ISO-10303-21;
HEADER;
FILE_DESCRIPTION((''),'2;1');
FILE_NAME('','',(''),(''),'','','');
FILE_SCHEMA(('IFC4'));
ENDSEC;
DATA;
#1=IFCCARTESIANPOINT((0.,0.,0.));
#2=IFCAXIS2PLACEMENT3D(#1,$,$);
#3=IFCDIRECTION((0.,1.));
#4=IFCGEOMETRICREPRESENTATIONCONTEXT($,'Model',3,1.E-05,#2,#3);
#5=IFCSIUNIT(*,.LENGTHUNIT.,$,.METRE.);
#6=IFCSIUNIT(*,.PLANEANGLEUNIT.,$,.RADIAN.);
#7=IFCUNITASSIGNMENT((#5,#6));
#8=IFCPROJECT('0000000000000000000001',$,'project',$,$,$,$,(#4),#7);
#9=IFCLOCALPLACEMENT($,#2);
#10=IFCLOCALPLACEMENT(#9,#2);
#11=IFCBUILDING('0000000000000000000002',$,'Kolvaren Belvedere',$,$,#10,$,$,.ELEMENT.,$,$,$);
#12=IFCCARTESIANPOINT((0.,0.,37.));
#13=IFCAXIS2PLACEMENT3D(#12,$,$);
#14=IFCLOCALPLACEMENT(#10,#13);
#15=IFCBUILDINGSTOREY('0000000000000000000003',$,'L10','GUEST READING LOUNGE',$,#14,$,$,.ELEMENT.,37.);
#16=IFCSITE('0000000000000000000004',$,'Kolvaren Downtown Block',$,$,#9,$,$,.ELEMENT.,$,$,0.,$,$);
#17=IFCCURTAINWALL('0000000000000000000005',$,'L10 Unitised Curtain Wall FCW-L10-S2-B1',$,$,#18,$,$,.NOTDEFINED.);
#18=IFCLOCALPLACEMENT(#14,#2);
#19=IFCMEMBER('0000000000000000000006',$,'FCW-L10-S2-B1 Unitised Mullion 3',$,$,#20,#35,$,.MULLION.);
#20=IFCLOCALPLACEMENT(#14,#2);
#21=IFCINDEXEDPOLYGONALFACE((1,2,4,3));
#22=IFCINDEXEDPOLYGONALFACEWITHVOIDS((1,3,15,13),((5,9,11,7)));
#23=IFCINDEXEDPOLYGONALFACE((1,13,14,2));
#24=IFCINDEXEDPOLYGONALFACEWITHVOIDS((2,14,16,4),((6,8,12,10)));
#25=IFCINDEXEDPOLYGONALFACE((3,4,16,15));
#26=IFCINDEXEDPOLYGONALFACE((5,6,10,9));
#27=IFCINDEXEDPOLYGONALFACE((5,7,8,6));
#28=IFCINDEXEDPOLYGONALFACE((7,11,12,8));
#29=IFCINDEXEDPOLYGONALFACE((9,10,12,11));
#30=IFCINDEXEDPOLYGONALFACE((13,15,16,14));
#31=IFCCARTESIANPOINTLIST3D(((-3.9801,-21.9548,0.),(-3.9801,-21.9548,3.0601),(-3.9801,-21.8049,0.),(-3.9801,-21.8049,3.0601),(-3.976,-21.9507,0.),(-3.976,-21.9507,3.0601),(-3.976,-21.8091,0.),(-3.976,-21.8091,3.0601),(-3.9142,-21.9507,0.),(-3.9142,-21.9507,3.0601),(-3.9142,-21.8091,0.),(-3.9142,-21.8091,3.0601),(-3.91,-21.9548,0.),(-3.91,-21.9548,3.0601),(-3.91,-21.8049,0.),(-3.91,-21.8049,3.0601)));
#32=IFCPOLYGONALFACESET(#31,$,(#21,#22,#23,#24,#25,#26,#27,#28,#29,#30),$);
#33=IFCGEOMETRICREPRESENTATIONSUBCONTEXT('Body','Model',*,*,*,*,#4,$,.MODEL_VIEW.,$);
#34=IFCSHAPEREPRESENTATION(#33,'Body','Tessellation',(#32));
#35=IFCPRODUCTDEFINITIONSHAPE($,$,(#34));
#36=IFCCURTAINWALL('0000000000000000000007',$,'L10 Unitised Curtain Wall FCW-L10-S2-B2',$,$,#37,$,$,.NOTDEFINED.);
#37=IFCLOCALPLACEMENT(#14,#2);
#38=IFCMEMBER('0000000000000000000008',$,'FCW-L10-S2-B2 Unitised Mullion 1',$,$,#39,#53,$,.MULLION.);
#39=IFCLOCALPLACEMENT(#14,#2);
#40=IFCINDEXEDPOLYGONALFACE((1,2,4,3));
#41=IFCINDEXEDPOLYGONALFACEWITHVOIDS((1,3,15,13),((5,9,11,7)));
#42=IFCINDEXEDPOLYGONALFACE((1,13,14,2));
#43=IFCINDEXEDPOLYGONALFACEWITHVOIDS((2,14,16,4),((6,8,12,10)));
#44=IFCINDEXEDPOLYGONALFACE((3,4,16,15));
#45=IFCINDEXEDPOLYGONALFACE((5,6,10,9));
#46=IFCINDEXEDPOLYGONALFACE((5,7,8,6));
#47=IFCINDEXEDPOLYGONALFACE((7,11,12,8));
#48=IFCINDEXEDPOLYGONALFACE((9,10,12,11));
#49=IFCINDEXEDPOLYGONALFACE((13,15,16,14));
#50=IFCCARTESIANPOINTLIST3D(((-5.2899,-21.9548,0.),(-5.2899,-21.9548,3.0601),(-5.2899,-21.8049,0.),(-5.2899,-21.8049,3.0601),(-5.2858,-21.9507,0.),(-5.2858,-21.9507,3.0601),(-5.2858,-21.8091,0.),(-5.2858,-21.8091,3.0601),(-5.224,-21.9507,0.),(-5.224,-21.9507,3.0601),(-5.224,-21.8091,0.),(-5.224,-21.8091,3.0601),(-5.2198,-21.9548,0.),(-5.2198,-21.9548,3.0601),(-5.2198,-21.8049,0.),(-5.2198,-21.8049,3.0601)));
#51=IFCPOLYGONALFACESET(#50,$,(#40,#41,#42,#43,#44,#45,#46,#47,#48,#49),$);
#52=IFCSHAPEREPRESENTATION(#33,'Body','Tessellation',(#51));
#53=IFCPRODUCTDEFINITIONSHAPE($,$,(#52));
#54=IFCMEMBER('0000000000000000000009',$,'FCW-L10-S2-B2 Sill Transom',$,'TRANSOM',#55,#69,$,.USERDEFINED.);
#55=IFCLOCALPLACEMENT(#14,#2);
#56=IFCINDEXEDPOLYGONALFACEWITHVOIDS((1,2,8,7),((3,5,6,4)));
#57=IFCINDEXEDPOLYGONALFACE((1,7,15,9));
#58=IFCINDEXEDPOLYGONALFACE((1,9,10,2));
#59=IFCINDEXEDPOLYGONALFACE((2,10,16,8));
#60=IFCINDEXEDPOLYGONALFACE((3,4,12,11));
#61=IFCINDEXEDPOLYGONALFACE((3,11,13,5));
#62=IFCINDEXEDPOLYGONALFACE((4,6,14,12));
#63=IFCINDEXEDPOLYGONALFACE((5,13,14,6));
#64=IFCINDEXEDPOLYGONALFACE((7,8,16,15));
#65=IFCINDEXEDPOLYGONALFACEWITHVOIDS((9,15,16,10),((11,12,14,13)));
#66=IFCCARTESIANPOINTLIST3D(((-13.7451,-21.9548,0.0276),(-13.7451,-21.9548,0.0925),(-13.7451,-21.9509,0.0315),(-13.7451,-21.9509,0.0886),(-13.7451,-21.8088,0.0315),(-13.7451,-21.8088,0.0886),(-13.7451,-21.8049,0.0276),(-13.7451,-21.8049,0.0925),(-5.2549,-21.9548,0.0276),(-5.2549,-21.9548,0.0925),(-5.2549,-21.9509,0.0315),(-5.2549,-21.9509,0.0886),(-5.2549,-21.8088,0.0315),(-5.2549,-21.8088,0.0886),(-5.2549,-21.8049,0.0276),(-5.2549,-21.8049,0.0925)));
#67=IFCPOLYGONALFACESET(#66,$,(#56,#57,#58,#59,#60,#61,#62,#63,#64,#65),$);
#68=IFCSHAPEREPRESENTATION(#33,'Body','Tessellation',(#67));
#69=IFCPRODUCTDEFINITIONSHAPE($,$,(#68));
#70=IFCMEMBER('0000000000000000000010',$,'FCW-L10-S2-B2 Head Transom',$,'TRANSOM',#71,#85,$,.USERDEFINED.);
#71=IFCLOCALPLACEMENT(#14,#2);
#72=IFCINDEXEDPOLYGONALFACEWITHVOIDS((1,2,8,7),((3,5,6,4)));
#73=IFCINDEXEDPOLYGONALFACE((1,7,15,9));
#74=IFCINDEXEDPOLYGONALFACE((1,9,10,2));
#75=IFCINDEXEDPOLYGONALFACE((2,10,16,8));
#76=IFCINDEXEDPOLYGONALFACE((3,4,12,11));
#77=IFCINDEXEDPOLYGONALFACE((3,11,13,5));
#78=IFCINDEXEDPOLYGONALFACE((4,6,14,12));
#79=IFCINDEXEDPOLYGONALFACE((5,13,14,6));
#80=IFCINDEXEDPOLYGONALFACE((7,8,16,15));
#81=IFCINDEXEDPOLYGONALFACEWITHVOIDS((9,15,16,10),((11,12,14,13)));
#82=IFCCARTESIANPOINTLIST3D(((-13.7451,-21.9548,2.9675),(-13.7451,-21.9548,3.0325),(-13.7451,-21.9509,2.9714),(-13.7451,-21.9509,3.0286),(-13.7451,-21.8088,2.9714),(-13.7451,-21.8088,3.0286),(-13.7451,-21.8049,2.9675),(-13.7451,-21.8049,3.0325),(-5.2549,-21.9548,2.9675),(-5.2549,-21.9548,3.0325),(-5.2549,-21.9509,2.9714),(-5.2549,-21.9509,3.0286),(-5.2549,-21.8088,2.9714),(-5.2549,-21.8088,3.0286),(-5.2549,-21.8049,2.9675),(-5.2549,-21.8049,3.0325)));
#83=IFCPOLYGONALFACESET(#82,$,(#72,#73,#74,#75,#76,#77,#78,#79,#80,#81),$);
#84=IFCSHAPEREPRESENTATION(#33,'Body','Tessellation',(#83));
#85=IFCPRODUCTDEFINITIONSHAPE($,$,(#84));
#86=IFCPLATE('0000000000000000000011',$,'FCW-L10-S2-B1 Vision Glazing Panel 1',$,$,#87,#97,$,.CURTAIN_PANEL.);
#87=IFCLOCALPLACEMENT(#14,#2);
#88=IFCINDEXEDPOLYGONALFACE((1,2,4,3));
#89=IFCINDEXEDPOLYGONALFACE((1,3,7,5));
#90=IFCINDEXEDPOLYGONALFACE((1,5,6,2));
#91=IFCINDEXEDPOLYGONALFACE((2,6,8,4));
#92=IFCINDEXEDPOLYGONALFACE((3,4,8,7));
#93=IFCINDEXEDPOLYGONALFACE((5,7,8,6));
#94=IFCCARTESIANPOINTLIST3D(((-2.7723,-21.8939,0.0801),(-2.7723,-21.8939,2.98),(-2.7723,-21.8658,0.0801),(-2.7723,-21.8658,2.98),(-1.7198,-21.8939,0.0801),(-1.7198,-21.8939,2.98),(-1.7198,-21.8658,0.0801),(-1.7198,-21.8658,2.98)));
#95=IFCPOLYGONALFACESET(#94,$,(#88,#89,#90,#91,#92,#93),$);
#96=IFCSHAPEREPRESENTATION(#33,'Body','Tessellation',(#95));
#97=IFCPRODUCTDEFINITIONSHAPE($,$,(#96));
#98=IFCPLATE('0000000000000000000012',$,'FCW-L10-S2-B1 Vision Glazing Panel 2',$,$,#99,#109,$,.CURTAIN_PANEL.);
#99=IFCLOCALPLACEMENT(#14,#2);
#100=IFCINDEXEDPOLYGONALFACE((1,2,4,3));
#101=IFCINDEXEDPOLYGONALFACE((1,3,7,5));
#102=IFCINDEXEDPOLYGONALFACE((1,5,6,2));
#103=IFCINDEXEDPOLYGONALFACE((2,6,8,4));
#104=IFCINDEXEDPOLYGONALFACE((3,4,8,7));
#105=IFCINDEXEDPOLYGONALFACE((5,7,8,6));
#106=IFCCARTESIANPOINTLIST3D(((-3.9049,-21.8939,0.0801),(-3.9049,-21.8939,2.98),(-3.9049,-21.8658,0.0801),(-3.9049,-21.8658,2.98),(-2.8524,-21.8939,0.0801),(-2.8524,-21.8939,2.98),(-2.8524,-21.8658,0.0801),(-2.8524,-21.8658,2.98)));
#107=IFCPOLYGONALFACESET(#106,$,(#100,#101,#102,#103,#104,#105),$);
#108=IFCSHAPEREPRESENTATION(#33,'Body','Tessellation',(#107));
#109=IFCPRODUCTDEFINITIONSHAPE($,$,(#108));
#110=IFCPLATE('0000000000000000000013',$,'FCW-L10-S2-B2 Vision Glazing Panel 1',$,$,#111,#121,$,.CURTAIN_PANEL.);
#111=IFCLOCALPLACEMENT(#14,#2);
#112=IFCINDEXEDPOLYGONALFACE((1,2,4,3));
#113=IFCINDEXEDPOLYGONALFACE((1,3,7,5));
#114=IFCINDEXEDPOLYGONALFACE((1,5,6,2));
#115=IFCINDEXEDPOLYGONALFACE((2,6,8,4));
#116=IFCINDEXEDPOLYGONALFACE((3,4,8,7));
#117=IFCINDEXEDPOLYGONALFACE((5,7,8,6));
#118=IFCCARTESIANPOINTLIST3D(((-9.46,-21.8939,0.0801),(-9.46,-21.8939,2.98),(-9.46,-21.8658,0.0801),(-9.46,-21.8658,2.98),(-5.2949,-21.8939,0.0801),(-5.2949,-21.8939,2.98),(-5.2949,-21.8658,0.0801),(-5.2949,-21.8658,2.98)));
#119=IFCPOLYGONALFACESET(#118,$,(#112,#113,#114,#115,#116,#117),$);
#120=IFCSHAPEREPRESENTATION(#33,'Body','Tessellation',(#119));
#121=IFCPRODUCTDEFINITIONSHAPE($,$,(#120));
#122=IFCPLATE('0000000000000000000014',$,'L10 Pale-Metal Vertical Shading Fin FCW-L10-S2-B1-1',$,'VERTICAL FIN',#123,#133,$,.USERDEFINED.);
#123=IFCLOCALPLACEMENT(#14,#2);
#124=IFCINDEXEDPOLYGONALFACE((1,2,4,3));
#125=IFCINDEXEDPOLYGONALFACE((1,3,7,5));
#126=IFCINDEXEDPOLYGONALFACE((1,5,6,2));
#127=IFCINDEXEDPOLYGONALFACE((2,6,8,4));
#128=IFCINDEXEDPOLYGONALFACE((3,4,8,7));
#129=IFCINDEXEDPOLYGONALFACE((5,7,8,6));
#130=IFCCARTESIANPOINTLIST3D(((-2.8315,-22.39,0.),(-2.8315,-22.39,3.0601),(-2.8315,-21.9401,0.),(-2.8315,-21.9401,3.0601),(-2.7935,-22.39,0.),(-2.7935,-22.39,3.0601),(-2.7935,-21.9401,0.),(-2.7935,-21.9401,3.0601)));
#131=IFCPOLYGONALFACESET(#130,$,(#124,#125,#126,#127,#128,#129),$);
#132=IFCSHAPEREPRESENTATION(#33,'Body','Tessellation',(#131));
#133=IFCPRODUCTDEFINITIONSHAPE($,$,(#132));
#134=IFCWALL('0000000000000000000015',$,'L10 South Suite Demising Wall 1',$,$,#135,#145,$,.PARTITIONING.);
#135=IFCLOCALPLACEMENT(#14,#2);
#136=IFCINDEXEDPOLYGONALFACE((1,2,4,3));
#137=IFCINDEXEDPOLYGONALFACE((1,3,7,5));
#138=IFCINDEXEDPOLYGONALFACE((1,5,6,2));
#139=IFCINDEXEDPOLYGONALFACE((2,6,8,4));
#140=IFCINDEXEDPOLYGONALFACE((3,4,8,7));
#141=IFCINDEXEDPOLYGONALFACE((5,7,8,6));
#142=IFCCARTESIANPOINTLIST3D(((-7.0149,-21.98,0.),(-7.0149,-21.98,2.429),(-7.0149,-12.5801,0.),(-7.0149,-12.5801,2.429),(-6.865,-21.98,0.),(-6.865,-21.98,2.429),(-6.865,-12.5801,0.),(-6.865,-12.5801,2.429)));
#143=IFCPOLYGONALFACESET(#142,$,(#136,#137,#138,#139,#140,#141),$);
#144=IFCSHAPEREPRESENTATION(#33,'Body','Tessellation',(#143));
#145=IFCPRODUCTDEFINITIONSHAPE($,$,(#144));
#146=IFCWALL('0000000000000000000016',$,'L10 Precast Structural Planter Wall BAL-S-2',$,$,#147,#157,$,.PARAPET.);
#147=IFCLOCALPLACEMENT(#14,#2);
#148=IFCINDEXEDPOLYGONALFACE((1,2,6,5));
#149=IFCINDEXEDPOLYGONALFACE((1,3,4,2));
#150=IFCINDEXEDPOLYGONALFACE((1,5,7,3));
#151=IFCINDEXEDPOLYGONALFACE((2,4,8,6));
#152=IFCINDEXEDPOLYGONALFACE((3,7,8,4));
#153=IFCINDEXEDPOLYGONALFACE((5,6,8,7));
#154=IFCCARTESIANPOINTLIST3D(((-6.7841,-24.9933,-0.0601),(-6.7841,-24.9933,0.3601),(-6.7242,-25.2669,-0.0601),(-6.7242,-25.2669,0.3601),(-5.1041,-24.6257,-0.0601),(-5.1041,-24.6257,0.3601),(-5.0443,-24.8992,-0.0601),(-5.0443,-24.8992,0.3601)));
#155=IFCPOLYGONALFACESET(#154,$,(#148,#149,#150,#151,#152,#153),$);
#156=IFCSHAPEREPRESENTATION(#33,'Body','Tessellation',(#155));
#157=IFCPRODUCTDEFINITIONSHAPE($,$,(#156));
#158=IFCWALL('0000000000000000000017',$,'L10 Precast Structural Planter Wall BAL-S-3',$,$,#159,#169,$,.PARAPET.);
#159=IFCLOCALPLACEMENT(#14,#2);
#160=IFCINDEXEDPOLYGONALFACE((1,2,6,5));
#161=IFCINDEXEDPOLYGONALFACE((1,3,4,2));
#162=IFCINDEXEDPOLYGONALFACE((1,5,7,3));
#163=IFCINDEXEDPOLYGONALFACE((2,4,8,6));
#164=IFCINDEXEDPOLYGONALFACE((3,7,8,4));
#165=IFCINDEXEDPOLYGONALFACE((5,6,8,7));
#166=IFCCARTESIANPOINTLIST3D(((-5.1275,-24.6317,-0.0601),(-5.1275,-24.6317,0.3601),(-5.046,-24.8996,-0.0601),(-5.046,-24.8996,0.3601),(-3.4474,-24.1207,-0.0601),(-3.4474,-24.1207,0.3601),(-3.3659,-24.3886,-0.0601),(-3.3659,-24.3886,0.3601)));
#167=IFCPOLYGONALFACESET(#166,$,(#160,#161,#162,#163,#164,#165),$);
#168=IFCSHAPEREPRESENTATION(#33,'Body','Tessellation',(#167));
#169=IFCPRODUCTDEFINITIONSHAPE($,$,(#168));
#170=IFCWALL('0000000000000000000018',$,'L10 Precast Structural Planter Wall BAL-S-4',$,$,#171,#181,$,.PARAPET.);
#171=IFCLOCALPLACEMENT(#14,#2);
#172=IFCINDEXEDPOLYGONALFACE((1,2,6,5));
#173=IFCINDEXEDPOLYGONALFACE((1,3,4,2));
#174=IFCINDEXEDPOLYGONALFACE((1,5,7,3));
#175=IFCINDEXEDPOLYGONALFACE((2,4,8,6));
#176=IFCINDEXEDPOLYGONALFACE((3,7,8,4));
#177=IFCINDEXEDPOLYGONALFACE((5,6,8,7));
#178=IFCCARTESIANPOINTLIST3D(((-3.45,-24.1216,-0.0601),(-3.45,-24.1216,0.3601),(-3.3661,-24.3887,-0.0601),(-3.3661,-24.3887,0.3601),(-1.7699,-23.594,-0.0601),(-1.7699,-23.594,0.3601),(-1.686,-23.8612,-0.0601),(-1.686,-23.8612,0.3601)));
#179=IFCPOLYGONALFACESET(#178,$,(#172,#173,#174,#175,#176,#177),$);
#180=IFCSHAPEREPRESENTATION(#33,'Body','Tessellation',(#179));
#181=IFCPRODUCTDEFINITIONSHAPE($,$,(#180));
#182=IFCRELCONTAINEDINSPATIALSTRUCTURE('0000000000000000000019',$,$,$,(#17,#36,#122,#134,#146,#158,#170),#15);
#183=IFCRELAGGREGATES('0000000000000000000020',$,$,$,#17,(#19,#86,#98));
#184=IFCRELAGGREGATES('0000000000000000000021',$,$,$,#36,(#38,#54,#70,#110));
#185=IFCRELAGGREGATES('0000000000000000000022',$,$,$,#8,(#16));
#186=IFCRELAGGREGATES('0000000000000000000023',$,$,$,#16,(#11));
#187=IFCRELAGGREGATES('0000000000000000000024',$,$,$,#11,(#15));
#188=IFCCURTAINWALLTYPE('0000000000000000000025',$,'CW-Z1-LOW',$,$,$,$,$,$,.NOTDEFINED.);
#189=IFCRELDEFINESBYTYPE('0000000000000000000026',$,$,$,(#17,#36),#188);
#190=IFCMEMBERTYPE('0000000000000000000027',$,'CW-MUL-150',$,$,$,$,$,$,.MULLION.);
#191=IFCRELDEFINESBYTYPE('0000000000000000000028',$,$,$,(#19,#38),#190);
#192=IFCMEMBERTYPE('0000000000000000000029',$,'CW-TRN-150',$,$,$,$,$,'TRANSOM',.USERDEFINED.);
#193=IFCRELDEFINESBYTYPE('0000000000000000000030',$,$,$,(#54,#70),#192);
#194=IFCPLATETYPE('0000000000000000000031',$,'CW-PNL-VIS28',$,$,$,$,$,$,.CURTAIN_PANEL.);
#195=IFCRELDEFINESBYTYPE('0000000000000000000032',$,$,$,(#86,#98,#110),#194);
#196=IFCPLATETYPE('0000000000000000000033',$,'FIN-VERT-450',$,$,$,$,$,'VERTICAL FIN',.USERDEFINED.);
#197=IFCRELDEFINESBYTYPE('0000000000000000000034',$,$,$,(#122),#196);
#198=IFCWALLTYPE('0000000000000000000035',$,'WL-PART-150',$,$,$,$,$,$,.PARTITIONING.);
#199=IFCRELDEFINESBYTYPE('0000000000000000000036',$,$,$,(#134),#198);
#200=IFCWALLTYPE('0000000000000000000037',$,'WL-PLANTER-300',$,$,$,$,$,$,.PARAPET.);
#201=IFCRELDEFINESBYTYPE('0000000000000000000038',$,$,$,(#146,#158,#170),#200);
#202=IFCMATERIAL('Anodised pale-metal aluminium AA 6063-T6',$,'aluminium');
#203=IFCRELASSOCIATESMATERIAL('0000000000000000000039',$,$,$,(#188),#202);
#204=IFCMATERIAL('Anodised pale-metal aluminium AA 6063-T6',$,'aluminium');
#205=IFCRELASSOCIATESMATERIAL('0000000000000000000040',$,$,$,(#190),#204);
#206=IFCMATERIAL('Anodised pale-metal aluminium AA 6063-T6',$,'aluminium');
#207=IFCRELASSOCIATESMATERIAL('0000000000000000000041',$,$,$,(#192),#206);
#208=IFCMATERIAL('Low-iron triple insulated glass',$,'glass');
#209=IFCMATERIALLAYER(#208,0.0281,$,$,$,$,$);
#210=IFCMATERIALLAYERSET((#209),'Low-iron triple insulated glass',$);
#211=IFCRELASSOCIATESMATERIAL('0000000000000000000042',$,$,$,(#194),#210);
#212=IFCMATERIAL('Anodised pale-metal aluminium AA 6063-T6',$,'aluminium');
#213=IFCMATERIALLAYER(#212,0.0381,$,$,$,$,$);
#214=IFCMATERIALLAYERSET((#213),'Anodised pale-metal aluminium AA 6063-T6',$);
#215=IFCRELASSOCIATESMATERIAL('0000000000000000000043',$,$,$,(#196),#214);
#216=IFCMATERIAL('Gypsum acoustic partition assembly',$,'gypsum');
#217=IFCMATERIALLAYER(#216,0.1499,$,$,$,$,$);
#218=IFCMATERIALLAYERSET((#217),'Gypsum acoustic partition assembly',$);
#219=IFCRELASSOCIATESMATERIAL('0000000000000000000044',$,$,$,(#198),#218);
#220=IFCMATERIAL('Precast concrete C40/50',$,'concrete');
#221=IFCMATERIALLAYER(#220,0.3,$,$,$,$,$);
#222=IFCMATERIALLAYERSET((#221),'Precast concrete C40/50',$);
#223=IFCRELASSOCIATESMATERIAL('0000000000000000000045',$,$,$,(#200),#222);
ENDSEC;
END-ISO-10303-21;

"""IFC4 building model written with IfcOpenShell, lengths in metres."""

from ifc_helpers import new_model, si_unit, direction, frame, frame_2d, origin, origin_2d, place, context, subcontext, project, spatial, rectangle, hollow_rectangle, extrude, material, layer, layer_set, material_profile, profile_set, type_object, element, aggregate, save


model = new_model("IFC4")

# Units and contexts
model_context = context("Model", 3, precision=1e-05, world=origin(), true_north=direction((0.0, 1.0)))
body_context = subcontext(model_context, "Body", "Model", "MODEL_VIEW")
ifc_project = project(units=[si_unit("LENGTHUNIT", "METRE"), si_unit("PLANEANGLEUNIT", "RADIAN")], contexts=[model_context])

# Site, building, storey
site_placement = place(None, origin())
site = spatial("IfcSite", under=ifc_project, at=site_placement, Name="Kolvaren Downtown Block", CompositionType="ELEMENT", RefElevation=0.0)
building_placement = place(site_placement, origin())
building = spatial("IfcBuilding", under=site, at=building_placement, Name="Kolvaren Belvedere", CompositionType="ELEMENT")
storey_placement = place(building_placement, frame((0.0, 0.0, 37.0)))
storey = spatial("IfcBuildingStorey", under=building, at=storey_placement, Name="L10", Description="GUEST READING LOUNGE", CompositionType="ELEMENT", Elevation=37.0)

# Curtain walls, members
ifc_material_1 = material(Name="Anodised pale-metal aluminium AA 6063-T6", Category="aluminium")
curtain_wall_type = type_object("IfcCurtainWallType", Name="CW-Z1-LOW", PredefinedType="NOTDEFINED", material=ifc_material_1)
curtain_wall_1_placement = place(storey_placement, origin())
curtain_wall_1 = element("IfcCurtainWall", 1, at=curtain_wall_1_placement, inside=storey, type_object=curtain_wall_type, Name="L10 Unitised Curtain Wall FCW-L10-S2-B1", PredefinedType="NOTDEFINED")
ifc_material_2 = material(Name="Anodised pale-metal aluminium AA 6063-T6", Category="aluminium")
ifc_material_profile_1 = material_profile(ifc_material_2, hollow_rectangle(XDim=0.0701, YDim=0.1499, WallThickness=0.0042, at=origin_2d()), Name="ALU-MUL-150X70")
ifc_profile_set_1 = profile_set([ifc_material_profile_1], Name="Anodised pale-metal aluminium AA 6063-T6")
member_type_1 = type_object("IfcMemberType", Name="CW-MUL-150", PredefinedType="MULLION", material=ifc_profile_set_1)
member_1_placement = place(storey_placement, frame((-3.9451, -21.8799, 0.0), z_axis=(0.0, 0.0, 1.0), x_axis=(1.0, 0.0, 0.0)))
member_1 = element("IfcMember", 2, at=member_1_placement, type_object=member_type_1, Name="FCW-L10-S2-B1 Unitised Mullion 3", PredefinedType="MULLION", context=body_context, shape_type="SweptSolid", body=[
    extrude(hollow_rectangle(XDim=0.0701, YDim=0.1499, WallThickness=0.0042, at=origin_2d()), origin(), (0.0, 0.0, 1.0), 3.0601),
])
curtain_wall_2_placement = place(storey_placement, origin())
curtain_wall_2 = element("IfcCurtainWall", 3, at=curtain_wall_2_placement, inside=storey, type_object=curtain_wall_type, Name="L10 Unitised Curtain Wall FCW-L10-S2-B2", PredefinedType="NOTDEFINED")
member_2_placement = place(storey_placement, frame((-5.2549, -21.8799, 0.0), z_axis=(0.0, 0.0, 1.0), x_axis=(1.0, 0.0, 0.0)))
member_2 = element("IfcMember", 4, at=member_2_placement, type_object=member_type_1, Name="FCW-L10-S2-B2 Unitised Mullion 1", PredefinedType="MULLION", context=body_context, shape_type="SweptSolid", body=[
    extrude(hollow_rectangle(XDim=0.0701, YDim=0.1499, WallThickness=0.0042, at=origin_2d()), origin(), (0.0, 0.0, 1.0), 3.0601),
])
ifc_material_3 = material(Name="Anodised pale-metal aluminium AA 6063-T6", Category="aluminium")
ifc_material_profile_2 = material_profile(ifc_material_3, hollow_rectangle(XDim=0.0649, YDim=0.1499, WallThickness=0.0039, at=origin_2d()), Name="ALU-TRN-150X65")
ifc_profile_set_2 = profile_set([ifc_material_profile_2], Name="Anodised pale-metal aluminium AA 6063-T6")
member_type_2 = type_object("IfcMemberType", Name="CW-TRN-150", ElementType="TRANSOM", PredefinedType="USERDEFINED", material=ifc_profile_set_2)
member_3_placement = place(storey_placement, frame((-5.2549, -21.8799, 0.0601), z_axis=(-1.0, 0.0, 0.0), x_axis=(0.0, 0.0, 1.0)))
member_3 = element("IfcMember", 5, at=member_3_placement, type_object=member_type_2, Name="FCW-L10-S2-B2 Sill Transom", ObjectType="TRANSOM", PredefinedType="USERDEFINED", context=body_context, shape_type="SweptSolid", body=[
    extrude(hollow_rectangle(XDim=0.0649, YDim=0.1499, WallThickness=0.0039, at=origin_2d()), origin(), (0.0, 0.0, 1.0), 8.4902),
])
member_4_placement = place(storey_placement, frame((-5.2549, -21.8799, 3.0), z_axis=(-1.0, 0.0, 0.0), x_axis=(0.0, 0.0, 1.0)))
member_4 = element("IfcMember", 6, at=member_4_placement, type_object=member_type_2, Name="FCW-L10-S2-B2 Head Transom", ObjectType="TRANSOM", PredefinedType="USERDEFINED", context=body_context, shape_type="SweptSolid", body=[
    extrude(hollow_rectangle(XDim=0.0649, YDim=0.1499, WallThickness=0.0039, at=origin_2d()), origin(), (0.0, 0.0, 1.0), 8.4902),
])

# Plates
ifc_material_4 = material(Name="Low-iron triple insulated glass", Category="glass")
ifc_layer_1 = layer(ifc_material_4, 0.0281)
ifc_layer_set_1 = layer_set([ifc_layer_1], Name="Low-iron triple insulated glass")
plate_type_1 = type_object("IfcPlateType", Name="CW-PNL-VIS28", PredefinedType="CURTAIN_PANEL", material=ifc_layer_set_1)
plate_1_placement = place(storey_placement, frame((-2.2461, -21.8799, 0.0801), z_axis=(0.0, 0.0, 1.0), x_axis=(-1.0, 0.0, 0.0)))
plate_1 = element("IfcPlate", 7, at=plate_1_placement, type_object=plate_type_1, Name="FCW-L10-S2-B1 Vision Glazing Panel 1", PredefinedType="CURTAIN_PANEL", context=body_context, shape_type="SweptSolid", body=[
    extrude(rectangle(XDim=1.0525, YDim=0.0281, at=origin_2d()), origin(), (0.0, 0.0, 1.0), 2.8999),
])
plate_2_placement = place(storey_placement, frame((-3.3787, -21.8799, 0.0801), z_axis=(0.0, 0.0, 1.0), x_axis=(-1.0, 0.0, 0.0)))
plate_2 = element("IfcPlate", 8, at=plate_2_placement, type_object=plate_type_1, Name="FCW-L10-S2-B1 Vision Glazing Panel 2", PredefinedType="CURTAIN_PANEL", context=body_context, shape_type="SweptSolid", body=[
    extrude(rectangle(XDim=1.0525, YDim=0.0281, at=origin_2d()), origin(), (0.0, 0.0, 1.0), 2.8999),
])
aggregate(curtain_wall_1, [member_1, plate_1, plate_2])
plate_3_placement = place(storey_placement, frame((-7.3774, -21.8799, 0.0801), z_axis=(0.0, 0.0, 1.0), x_axis=(-1.0, 0.0, 0.0)))
plate_3 = element("IfcPlate", 9, at=plate_3_placement, type_object=plate_type_1, Name="FCW-L10-S2-B2 Vision Glazing Panel 1", PredefinedType="CURTAIN_PANEL", context=body_context, shape_type="SweptSolid", body=[
    extrude(rectangle(XDim=4.165, YDim=0.0281, at=origin_2d()), origin(), (0.0, 0.0, 1.0), 2.8999),
])
aggregate(curtain_wall_2, [member_2, member_3, member_4, plate_3])
ifc_material_5 = material(Name="Anodised pale-metal aluminium AA 6063-T6", Category="aluminium")
ifc_layer_2 = layer(ifc_material_5, 0.0381)
ifc_layer_set_2 = layer_set([ifc_layer_2], Name="Anodised pale-metal aluminium AA 6063-T6")
plate_type_2 = type_object("IfcPlateType", Name="FIN-VERT-450", ElementType="VERTICAL FIN", PredefinedType="USERDEFINED", material=ifc_layer_set_2)
plate_4_placement = place(storey_placement, frame((-2.8125, -22.165, 0.0), z_axis=(0.0, 0.0, 1.0), x_axis=(0.0, 1.0, 0.0)))
element("IfcPlate", 10, at=plate_4_placement, inside=storey, type_object=plate_type_2, Name="L10 Pale-Metal Vertical Shading Fin FCW-L10-S2-B1-1", ObjectType="VERTICAL FIN", PredefinedType="USERDEFINED", context=body_context, shape_type="SweptSolid", body=[
    extrude(rectangle(XDim=0.45, YDim=0.0381, at=origin_2d()), origin(), (0.0, 0.0, 1.0), 3.0601),
])

# Walls
ifc_material_6 = material(Name="Gypsum acoustic partition assembly", Category="gypsum")
ifc_layer_3 = layer(ifc_material_6, 0.1499)
ifc_layer_set_3 = layer_set([ifc_layer_3], Name="Gypsum acoustic partition assembly")
wall_type_1 = type_object("IfcWallType", Name="WL-PART-150", PredefinedType="PARTITIONING", material=ifc_layer_set_3)
wall_1_placement = place(storey_placement, frame((-6.9399, -21.98, 0.0), z_axis=(0.0, 0.0, 1.0), x_axis=(0.0, 1.0, 0.0)))
element("IfcWall", 11, at=wall_1_placement, inside=storey, type_object=wall_type_1, Name="L10 South Suite Demising Wall 1", PredefinedType="PARTITIONING", context=body_context, shape_type="SweptSolid", body=[
    extrude(rectangle(XDim=9.3999, YDim=0.1499, at=frame_2d((4.7, 0.0))), origin(), (0.0, 0.0, 1.0), 2.429),
])
ifc_material_7 = material(Name="Precast concrete C40/50", Category="concrete")
ifc_layer_4 = layer(ifc_material_7, 0.3)
ifc_layer_set_4 = layer_set([ifc_layer_4], Name="Precast concrete C40/50")
wall_type_2 = type_object("IfcWallType", Name="WL-PLANTER-300", PredefinedType="PARAPET", material=ifc_layer_set_4)
wall_2_placement = place(storey_placement, frame((-6.7542, -25.1301, -0.0601), z_axis=(0.0, 0.0, 1.0), x_axis=(0.976877, 0.213803, 0.0)))
element("IfcWall", 12, at=wall_2_placement, inside=storey, type_object=wall_type_2, Name="L10 Precast Structural Planter Wall BAL-S-2", PredefinedType="PARAPET", context=body_context, shape_type="SweptSolid", body=[
    extrude(rectangle(XDim=1.7197, YDim=0.28, at=frame_2d((0.8599, 0.0))), origin(), (0.0, 0.0, 1.0), 0.4202),
])
wall_3_placement = place(storey_placement, frame((-5.0867, -24.7656, -0.0601), z_axis=(0.0, 0.0, 1.0), x_axis=(0.956733, 0.290968, 0.0)))
element("IfcWall", 13, at=wall_3_placement, inside=storey, type_object=wall_type_2, Name="L10 Precast Structural Planter Wall BAL-S-3", PredefinedType="PARAPET", context=body_context, shape_type="SweptSolid", body=[
    extrude(rectangle(XDim=1.7561, YDim=0.28, at=frame_2d((0.8779, 0.0))), origin(), (0.0, 0.0, 1.0), 0.4202),
])
wall_4_placement = place(storey_placement, frame((-3.408, -24.2551, -0.0601), z_axis=(0.0, 0.0, 1.0), x_axis=(0.95407, 0.299585, 0.0)))
element("IfcWall", 14, at=wall_4_placement, inside=storey, type_object=wall_type_2, Name="L10 Precast Structural Planter Wall BAL-S-4", PredefinedType="PARAPET", context=body_context, shape_type="SweptSolid", body=[
    extrude(rectangle(XDim=1.761, YDim=0.28, at=frame_2d((0.8804, 0.0))), origin(), (0.0, 0.0, 1.0), 0.4202),
])

save(model, "model.ifc")
